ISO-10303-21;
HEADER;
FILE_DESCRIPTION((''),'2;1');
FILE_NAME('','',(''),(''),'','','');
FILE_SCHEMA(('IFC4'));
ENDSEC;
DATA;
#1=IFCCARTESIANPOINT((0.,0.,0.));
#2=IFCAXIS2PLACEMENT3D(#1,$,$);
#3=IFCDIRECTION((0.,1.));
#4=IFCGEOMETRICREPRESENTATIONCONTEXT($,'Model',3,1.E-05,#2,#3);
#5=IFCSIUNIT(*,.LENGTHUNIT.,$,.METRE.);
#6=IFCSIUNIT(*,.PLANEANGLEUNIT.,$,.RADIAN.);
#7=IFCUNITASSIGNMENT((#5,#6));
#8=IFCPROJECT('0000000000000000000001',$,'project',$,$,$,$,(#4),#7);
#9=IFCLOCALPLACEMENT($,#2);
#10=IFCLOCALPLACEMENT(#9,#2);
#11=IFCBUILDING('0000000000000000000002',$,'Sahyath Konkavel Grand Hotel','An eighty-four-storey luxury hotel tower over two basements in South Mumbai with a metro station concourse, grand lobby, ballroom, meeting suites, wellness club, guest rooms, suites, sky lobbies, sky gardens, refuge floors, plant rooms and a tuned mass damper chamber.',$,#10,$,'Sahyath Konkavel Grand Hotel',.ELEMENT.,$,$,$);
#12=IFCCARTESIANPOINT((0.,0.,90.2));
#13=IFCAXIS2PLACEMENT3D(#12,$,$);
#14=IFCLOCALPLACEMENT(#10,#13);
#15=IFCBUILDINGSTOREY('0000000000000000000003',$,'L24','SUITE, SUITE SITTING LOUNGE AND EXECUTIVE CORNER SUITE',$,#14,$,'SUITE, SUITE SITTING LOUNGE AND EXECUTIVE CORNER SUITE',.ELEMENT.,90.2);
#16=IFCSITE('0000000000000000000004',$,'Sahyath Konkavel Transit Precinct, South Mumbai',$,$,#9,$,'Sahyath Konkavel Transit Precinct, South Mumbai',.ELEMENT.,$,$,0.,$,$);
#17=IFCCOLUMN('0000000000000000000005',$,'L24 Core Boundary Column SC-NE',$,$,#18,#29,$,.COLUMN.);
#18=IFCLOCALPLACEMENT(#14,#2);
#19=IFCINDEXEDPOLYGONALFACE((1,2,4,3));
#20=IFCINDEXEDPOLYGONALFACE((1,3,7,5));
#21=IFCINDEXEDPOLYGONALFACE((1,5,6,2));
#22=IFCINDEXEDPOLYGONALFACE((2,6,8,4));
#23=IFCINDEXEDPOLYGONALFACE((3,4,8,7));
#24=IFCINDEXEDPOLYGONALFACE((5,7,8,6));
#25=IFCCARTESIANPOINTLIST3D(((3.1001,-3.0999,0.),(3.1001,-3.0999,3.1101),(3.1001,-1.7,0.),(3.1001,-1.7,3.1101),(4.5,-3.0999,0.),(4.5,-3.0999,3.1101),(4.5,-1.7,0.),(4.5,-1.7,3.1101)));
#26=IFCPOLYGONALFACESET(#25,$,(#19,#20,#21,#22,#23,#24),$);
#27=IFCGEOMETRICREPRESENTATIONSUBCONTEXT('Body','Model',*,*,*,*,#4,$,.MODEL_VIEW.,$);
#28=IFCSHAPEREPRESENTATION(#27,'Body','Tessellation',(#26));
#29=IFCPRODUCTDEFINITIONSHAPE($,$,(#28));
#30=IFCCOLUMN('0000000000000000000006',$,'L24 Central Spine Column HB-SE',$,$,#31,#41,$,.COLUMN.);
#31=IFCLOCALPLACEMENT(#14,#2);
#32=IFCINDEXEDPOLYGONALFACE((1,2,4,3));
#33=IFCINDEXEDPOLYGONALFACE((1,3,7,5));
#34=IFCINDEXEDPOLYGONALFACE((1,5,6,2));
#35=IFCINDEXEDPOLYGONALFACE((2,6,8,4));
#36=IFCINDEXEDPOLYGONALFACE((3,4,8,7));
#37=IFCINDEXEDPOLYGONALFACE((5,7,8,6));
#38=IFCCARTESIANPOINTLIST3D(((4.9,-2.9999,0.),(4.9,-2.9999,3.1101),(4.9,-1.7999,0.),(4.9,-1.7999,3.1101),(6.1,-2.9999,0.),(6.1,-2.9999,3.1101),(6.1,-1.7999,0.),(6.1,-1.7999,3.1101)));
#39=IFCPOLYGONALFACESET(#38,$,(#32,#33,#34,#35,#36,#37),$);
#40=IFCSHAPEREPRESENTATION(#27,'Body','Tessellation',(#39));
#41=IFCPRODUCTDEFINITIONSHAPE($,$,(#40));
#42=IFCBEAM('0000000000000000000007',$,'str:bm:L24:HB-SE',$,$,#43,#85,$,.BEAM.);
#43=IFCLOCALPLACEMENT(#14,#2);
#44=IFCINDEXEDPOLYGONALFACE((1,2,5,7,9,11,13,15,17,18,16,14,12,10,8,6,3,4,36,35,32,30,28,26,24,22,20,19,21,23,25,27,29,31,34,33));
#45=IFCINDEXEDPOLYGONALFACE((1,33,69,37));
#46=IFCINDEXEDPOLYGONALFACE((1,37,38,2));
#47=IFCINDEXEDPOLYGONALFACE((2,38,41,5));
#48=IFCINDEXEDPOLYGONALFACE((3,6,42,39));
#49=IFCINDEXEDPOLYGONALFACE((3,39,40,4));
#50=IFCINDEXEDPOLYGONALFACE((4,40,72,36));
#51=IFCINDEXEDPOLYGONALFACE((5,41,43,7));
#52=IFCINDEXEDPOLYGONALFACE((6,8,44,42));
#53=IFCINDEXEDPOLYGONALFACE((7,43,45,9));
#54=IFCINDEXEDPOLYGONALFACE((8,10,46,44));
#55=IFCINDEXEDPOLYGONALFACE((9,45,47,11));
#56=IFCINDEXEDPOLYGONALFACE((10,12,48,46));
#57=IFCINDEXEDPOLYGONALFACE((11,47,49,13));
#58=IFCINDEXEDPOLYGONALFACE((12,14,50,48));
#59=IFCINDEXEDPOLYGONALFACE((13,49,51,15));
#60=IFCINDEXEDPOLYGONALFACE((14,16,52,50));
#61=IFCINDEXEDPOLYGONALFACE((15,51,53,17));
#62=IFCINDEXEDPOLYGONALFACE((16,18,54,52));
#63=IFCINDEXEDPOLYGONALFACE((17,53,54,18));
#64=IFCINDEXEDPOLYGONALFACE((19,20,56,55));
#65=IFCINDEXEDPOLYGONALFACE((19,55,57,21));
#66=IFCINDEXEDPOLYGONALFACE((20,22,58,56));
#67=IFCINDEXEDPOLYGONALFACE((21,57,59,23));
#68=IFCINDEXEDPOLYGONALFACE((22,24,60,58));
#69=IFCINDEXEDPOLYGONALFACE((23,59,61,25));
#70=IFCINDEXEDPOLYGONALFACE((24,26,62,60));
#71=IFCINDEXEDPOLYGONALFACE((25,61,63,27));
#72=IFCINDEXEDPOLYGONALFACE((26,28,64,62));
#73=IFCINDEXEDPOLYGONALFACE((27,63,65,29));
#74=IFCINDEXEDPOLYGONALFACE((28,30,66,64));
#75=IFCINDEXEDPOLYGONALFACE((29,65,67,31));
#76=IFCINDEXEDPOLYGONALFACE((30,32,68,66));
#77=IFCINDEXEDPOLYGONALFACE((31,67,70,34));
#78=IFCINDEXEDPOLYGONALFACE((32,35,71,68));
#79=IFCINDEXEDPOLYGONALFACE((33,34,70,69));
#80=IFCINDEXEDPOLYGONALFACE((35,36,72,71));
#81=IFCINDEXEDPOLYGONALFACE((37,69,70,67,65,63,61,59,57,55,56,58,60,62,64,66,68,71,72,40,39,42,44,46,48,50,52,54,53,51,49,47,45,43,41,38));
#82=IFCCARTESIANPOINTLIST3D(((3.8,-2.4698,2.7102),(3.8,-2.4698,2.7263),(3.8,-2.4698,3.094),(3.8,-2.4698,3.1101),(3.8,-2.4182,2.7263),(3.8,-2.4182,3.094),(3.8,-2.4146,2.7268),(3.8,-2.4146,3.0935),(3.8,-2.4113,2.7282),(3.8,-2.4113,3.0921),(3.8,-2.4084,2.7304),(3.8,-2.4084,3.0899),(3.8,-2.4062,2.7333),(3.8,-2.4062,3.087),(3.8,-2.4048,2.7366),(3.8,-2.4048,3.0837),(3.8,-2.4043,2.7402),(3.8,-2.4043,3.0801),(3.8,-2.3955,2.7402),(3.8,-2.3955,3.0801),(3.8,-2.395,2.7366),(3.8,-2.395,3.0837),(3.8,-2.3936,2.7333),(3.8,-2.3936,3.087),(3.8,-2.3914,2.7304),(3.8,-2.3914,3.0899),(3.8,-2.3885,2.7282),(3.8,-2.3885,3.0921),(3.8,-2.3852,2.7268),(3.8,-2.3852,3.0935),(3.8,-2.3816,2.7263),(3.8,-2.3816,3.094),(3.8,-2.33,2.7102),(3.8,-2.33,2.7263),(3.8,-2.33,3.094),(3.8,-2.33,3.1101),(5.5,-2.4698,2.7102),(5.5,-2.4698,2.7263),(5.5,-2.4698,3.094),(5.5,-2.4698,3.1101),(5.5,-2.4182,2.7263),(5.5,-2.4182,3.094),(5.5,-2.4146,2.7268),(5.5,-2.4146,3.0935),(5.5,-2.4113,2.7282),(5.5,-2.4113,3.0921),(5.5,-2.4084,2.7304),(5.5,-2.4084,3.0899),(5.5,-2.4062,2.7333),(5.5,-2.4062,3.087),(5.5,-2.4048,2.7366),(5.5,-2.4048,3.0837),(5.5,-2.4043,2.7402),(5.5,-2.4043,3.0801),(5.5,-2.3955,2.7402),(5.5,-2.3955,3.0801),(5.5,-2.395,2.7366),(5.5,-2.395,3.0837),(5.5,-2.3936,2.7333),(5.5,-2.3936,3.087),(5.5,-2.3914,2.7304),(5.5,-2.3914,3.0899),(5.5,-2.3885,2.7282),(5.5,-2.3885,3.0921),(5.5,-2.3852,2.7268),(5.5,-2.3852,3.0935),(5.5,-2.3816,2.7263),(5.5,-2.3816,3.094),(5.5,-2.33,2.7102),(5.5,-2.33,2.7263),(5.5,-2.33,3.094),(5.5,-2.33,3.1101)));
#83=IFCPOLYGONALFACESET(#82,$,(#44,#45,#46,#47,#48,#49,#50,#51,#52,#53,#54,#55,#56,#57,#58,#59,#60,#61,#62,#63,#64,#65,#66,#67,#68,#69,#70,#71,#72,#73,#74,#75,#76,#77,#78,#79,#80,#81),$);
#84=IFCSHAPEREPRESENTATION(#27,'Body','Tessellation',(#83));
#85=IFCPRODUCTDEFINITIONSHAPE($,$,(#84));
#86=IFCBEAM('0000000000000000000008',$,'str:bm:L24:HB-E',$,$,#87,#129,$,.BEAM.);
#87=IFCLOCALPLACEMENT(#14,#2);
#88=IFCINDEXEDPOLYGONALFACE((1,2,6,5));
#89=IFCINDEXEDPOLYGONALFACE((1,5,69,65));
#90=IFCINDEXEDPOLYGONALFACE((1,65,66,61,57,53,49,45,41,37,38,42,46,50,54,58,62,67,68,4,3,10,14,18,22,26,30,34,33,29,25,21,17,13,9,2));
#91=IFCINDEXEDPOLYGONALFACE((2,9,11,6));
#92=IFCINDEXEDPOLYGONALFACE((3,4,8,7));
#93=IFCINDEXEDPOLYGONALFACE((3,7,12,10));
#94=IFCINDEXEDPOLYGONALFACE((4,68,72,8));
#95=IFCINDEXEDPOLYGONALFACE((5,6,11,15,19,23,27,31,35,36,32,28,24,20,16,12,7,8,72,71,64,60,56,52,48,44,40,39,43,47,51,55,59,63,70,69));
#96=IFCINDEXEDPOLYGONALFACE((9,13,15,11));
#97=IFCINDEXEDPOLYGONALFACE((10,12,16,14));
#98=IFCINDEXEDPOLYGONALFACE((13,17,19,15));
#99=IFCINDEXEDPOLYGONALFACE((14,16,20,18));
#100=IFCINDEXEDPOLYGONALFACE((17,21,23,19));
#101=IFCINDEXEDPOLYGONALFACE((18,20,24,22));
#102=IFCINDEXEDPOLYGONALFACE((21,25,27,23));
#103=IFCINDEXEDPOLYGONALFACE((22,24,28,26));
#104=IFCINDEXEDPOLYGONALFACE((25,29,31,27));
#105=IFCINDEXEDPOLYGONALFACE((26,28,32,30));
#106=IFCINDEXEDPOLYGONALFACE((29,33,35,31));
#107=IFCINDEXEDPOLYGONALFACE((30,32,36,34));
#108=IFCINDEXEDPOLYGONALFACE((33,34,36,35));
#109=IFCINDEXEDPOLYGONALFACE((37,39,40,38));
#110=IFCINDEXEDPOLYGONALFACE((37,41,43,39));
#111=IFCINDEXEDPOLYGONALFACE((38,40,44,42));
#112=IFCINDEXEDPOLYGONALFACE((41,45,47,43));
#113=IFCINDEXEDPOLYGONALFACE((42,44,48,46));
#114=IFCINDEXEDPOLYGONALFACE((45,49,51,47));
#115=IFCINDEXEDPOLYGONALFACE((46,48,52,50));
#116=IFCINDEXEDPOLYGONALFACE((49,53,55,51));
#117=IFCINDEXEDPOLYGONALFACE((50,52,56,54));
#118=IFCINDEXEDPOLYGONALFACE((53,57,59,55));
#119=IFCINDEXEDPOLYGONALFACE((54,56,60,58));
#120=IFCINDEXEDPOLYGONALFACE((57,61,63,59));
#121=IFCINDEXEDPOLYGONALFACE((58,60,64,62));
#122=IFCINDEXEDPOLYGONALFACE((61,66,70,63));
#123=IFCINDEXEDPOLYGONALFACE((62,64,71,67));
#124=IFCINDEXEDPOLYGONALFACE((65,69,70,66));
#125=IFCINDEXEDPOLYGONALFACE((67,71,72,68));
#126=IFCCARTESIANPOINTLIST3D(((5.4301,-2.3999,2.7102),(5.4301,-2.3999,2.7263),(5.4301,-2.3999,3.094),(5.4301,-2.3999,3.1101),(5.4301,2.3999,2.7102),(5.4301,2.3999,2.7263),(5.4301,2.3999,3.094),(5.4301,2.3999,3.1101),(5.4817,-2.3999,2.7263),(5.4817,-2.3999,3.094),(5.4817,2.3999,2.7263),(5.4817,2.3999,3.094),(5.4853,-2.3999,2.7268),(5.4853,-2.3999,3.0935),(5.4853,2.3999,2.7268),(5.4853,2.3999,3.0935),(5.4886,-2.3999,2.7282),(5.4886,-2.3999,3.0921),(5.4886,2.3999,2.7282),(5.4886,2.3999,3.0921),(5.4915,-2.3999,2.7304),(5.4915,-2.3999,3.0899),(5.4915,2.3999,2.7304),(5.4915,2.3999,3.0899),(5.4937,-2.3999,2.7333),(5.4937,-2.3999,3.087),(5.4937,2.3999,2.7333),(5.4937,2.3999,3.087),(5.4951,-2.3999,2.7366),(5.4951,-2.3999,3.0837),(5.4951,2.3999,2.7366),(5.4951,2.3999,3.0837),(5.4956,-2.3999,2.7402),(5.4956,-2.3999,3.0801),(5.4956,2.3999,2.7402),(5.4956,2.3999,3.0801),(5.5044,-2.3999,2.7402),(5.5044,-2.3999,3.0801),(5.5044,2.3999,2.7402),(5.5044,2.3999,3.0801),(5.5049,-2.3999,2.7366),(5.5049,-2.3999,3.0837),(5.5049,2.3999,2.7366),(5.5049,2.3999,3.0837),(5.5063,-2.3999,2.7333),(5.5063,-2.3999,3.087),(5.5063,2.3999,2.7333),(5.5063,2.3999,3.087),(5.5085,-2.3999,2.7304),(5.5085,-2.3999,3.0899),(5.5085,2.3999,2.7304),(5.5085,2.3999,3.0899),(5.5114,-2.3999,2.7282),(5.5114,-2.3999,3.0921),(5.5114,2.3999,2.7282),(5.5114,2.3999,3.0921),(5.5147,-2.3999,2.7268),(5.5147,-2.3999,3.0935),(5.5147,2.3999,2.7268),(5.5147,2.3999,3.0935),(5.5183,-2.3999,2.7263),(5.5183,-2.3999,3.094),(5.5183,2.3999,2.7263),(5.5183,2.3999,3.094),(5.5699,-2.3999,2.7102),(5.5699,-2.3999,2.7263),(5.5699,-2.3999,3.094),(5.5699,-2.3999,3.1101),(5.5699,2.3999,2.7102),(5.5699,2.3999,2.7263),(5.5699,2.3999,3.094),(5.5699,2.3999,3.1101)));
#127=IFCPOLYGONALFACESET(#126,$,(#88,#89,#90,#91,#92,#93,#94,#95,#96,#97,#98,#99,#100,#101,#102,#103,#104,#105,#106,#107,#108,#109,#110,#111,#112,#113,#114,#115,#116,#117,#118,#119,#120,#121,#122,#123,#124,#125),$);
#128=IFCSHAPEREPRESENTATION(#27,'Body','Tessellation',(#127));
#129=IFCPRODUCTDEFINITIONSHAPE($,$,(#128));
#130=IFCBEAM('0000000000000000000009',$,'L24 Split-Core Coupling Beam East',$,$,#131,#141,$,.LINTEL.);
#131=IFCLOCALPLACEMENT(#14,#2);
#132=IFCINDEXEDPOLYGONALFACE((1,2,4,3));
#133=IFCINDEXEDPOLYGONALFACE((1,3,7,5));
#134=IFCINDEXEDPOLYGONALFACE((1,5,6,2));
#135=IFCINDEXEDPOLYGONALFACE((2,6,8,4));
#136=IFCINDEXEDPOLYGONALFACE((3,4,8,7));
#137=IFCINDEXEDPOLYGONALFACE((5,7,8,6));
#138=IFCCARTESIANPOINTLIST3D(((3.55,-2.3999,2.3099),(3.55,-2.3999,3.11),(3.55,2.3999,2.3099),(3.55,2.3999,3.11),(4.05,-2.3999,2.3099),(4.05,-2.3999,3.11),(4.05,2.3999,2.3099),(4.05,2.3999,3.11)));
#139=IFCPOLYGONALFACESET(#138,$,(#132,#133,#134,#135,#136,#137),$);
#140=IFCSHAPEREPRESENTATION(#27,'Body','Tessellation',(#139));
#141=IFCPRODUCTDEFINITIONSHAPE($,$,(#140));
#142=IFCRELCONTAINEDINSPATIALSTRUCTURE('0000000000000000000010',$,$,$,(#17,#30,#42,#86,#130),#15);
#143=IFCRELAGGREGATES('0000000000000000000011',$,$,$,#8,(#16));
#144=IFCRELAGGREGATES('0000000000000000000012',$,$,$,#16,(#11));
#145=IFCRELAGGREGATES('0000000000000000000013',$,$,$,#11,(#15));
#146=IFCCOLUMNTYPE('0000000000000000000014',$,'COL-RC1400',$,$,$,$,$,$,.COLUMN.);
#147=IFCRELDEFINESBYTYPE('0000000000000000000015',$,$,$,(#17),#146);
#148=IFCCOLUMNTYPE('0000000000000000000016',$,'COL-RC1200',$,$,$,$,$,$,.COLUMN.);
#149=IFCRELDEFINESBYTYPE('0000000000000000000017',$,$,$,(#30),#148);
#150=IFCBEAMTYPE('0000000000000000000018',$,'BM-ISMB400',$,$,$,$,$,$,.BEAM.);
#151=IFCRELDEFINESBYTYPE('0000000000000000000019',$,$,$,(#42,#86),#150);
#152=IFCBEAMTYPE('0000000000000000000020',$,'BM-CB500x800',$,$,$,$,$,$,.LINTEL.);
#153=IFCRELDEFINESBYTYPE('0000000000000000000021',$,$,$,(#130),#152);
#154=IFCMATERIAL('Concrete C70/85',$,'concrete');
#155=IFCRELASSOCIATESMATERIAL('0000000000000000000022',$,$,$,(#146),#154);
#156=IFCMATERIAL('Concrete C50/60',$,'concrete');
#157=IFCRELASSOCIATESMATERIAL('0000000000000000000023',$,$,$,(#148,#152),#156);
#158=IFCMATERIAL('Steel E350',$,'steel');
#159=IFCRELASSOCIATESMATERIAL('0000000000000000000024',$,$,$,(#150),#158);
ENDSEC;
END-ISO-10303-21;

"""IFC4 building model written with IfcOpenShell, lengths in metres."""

from ifc_helpers import new_model, si_unit, direction, frame, origin, origin_2d, place, context, subcontext, project, spatial, rectangle, i_section, extrude, source, transform, mapped, material, material_profile, profile_set, type_object, element, save


model = new_model("IFC4")

# Units and contexts
model_context = context("Model", 3, precision=1e-05, world=origin(), true_north=direction((0.0, 1.0)))
body_context = subcontext(model_context, "Body", "Model", "MODEL_VIEW")
ifc_project = project(units=[si_unit("LENGTHUNIT", "METRE"), si_unit("PLANEANGLEUNIT", "RADIAN")], contexts=[model_context])

# Site, building, storey
site_placement = place(None, origin())
site = spatial("IfcSite", under=ifc_project, at=site_placement, Name="Sahyath Konkavel Transit Precinct, South Mumbai", LongName="Sahyath Konkavel Transit Precinct, South Mumbai", CompositionType="ELEMENT", RefElevation=0.0)
building_placement = place(site_placement, origin())
building = spatial("IfcBuilding", under=site, at=building_placement, Name="Sahyath Konkavel Grand Hotel", Description="An eighty-four-storey luxury hotel tower over two basements in South Mumbai with a metro station concourse, grand lobby, ballroom, meeting suites, wellness club, guest rooms, suites, sky lobbies, sky gardens, refuge floors, plant rooms and a tuned mass damper chamber.", LongName="Sahyath Konkavel Grand Hotel", CompositionType="ELEMENT")
storey_placement = place(building_placement, frame((0.0, 0.0, 90.2)))
storey = spatial("IfcBuildingStorey", under=building, at=storey_placement, Name="L24", Description="SUITE, SUITE SITTING LOUNGE AND EXECUTIVE CORNER SUITE", LongName="SUITE, SUITE SITTING LOUNGE AND EXECUTIVE CORNER SUITE", CompositionType="ELEMENT", Elevation=90.2)

# Columns
ifc_material_1 = material(Name="Concrete C70/85", Category="concrete")
ifc_material_profile_1 = material_profile(ifc_material_1, rectangle(XDim=1.3999, YDim=1.3999, at=origin_2d()), Name="RC 1400x1400")
ifc_profile_set_1 = profile_set([ifc_material_profile_1], Name="Concrete C70/85")
column_type_1 = type_object("IfcColumnType", Name="COL-RC1400", PredefinedType="COLUMN", material=ifc_profile_set_1)
shared_shape_1 = source(origin(), body_context, "Body", "SweptSolid", [
    extrude(rectangle(XDim=1.3999, YDim=1.3999, at=origin_2d()), origin(), (0.0, 0.0, 1.0), 3.1101),
])
column_1_placement = place(storey_placement, frame((3.8, -2.3999, 0.0), z_axis=(0.0, 0.0, 1.0), x_axis=(1.0, 0.0, 0.0)))
element("IfcColumn", 1, at=column_1_placement, inside=storey, type_object=column_type_1, Name="L24 Core Boundary Column SC-NE", PredefinedType="COLUMN", context=body_context, shape_type="MappedRepresentation", body=[
    mapped(shared_shape_1, transform((0.0, 0.0, 0.0), scale=1.0)),
])
ifc_material_2 = material(Name="Concrete C50/60", Category="concrete")
ifc_material_profile_2 = material_profile(ifc_material_2, rectangle(XDim=1.2, YDim=1.2, at=origin_2d()), Name="RC 1200x1200")
ifc_profile_set_2 = profile_set([ifc_material_profile_2], Name="Concrete C50/60")
column_type_2 = type_object("IfcColumnType", Name="COL-RC1200", PredefinedType="COLUMN", material=ifc_profile_set_2)
shared_shape_2 = source(origin(), body_context, "Body", "SweptSolid", [
    extrude(rectangle(XDim=1.2, YDim=1.2, at=origin_2d()), origin(), (0.0, 0.0, 1.0), 3.1101),
])
column_2_placement = place(storey_placement, frame((5.5, -2.3999, 0.0), z_axis=(0.0, 0.0, 1.0), x_axis=(1.0, 0.0, 0.0)))
element("IfcColumn", 2, at=column_2_placement, inside=storey, type_object=column_type_2, Name="L24 Central Spine Column HB-SE", PredefinedType="COLUMN", context=body_context, shape_type="MappedRepresentation", body=[
    mapped(shared_shape_2, transform((0.0, 0.0, 0.0), scale=1.0)),
])

# Beams
ifc_material_3 = material(Name="Steel E350", Category="steel")
ifc_material_profile_3 = material_profile(ifc_material_3, i_section(OverallWidth=0.1399, OverallDepth=0.3999, WebThickness=0.0088, FlangeThickness=0.0161, FilletRadius=0.0139, at=origin_2d()), Name="ISMB 400")
ifc_profile_set_3 = profile_set([ifc_material_profile_3], Name="Steel E350")
beam_type_1 = type_object("IfcBeamType", Name="BM-ISMB400", PredefinedType="BEAM", material=ifc_profile_set_3)
shared_shape_3 = source(origin(), body_context, "Body", "SweptSolid", [
    extrude(i_section(OverallWidth=0.1399, OverallDepth=0.3999, WebThickness=0.0088, FlangeThickness=0.0161, FilletRadius=0.0139, at=origin_2d()), origin(), (0.0, 0.0, 1.0), 1.7),
])
beam_1_placement = place(storey_placement, frame((3.8, -2.3999, 2.9102), z_axis=(1.0, 0.0, 0.0), x_axis=(0.0, 1.0, 0.0)))
element("IfcBeam", 3, at=beam_1_placement, inside=storey, type_object=beam_type_1, Name="str:bm:L24:HB-SE", PredefinedType="BEAM", context=body_context, shape_type="MappedRepresentation", body=[
    mapped(shared_shape_3, transform((0.0, 0.0, 0.0), scale=1.0)),
])
shared_shape_4 = source(origin(), body_context, "Body", "SweptSolid", [
    extrude(i_section(OverallWidth=0.1399, OverallDepth=0.3999, WebThickness=0.0088, FlangeThickness=0.0161, FilletRadius=0.0139, at=origin_2d()), origin(), (0.0, 0.0, 1.0), 4.7998),
])
beam_2_placement = place(storey_placement, frame((5.5, -2.3999, 2.9102), z_axis=(0.0, 1.0, 0.0), x_axis=(-1.0, 0.0, 0.0)))
element("IfcBeam", 4, at=beam_2_placement, inside=storey, type_object=beam_type_1, Name="str:bm:L24:HB-E", PredefinedType="BEAM", context=body_context, shape_type="MappedRepresentation", body=[
    mapped(shared_shape_4, transform((0.0, 0.0, 0.0), scale=1.0)),
])
ifc_material_profile_4 = material_profile(ifc_material_2, rectangle(XDim=0.5, YDim=0.8, at=origin_2d()), Name="RC 500x800")
ifc_profile_set_4 = profile_set([ifc_material_profile_4], Name="Concrete C50/60")
beam_type_2 = type_object("IfcBeamType", Name="BM-CB500x800", PredefinedType="LINTEL", material=ifc_profile_set_4)
shared_shape_5 = source(origin(), body_context, "Body", "SweptSolid", [
    extrude(rectangle(XDim=0.5, YDim=0.8, at=origin_2d()), origin(), (0.0, 0.0, 1.0), 4.7998),
])
beam_3_placement = place(storey_placement, frame((3.8, -2.3999, 2.71), z_axis=(0.0, 1.0, 0.0), x_axis=(-1.0, 0.0, 0.0)))
element("IfcBeam", 5, at=beam_3_placement, inside=storey, type_object=beam_type_2, Name="L24 Split-Core Coupling Beam East", PredefinedType="LINTEL", context=body_context, shape_type="MappedRepresentation", body=[
    mapped(shared_shape_5, transform((0.0, 0.0, 0.0), scale=1.0)),
])

save(model, "model.ifc")
